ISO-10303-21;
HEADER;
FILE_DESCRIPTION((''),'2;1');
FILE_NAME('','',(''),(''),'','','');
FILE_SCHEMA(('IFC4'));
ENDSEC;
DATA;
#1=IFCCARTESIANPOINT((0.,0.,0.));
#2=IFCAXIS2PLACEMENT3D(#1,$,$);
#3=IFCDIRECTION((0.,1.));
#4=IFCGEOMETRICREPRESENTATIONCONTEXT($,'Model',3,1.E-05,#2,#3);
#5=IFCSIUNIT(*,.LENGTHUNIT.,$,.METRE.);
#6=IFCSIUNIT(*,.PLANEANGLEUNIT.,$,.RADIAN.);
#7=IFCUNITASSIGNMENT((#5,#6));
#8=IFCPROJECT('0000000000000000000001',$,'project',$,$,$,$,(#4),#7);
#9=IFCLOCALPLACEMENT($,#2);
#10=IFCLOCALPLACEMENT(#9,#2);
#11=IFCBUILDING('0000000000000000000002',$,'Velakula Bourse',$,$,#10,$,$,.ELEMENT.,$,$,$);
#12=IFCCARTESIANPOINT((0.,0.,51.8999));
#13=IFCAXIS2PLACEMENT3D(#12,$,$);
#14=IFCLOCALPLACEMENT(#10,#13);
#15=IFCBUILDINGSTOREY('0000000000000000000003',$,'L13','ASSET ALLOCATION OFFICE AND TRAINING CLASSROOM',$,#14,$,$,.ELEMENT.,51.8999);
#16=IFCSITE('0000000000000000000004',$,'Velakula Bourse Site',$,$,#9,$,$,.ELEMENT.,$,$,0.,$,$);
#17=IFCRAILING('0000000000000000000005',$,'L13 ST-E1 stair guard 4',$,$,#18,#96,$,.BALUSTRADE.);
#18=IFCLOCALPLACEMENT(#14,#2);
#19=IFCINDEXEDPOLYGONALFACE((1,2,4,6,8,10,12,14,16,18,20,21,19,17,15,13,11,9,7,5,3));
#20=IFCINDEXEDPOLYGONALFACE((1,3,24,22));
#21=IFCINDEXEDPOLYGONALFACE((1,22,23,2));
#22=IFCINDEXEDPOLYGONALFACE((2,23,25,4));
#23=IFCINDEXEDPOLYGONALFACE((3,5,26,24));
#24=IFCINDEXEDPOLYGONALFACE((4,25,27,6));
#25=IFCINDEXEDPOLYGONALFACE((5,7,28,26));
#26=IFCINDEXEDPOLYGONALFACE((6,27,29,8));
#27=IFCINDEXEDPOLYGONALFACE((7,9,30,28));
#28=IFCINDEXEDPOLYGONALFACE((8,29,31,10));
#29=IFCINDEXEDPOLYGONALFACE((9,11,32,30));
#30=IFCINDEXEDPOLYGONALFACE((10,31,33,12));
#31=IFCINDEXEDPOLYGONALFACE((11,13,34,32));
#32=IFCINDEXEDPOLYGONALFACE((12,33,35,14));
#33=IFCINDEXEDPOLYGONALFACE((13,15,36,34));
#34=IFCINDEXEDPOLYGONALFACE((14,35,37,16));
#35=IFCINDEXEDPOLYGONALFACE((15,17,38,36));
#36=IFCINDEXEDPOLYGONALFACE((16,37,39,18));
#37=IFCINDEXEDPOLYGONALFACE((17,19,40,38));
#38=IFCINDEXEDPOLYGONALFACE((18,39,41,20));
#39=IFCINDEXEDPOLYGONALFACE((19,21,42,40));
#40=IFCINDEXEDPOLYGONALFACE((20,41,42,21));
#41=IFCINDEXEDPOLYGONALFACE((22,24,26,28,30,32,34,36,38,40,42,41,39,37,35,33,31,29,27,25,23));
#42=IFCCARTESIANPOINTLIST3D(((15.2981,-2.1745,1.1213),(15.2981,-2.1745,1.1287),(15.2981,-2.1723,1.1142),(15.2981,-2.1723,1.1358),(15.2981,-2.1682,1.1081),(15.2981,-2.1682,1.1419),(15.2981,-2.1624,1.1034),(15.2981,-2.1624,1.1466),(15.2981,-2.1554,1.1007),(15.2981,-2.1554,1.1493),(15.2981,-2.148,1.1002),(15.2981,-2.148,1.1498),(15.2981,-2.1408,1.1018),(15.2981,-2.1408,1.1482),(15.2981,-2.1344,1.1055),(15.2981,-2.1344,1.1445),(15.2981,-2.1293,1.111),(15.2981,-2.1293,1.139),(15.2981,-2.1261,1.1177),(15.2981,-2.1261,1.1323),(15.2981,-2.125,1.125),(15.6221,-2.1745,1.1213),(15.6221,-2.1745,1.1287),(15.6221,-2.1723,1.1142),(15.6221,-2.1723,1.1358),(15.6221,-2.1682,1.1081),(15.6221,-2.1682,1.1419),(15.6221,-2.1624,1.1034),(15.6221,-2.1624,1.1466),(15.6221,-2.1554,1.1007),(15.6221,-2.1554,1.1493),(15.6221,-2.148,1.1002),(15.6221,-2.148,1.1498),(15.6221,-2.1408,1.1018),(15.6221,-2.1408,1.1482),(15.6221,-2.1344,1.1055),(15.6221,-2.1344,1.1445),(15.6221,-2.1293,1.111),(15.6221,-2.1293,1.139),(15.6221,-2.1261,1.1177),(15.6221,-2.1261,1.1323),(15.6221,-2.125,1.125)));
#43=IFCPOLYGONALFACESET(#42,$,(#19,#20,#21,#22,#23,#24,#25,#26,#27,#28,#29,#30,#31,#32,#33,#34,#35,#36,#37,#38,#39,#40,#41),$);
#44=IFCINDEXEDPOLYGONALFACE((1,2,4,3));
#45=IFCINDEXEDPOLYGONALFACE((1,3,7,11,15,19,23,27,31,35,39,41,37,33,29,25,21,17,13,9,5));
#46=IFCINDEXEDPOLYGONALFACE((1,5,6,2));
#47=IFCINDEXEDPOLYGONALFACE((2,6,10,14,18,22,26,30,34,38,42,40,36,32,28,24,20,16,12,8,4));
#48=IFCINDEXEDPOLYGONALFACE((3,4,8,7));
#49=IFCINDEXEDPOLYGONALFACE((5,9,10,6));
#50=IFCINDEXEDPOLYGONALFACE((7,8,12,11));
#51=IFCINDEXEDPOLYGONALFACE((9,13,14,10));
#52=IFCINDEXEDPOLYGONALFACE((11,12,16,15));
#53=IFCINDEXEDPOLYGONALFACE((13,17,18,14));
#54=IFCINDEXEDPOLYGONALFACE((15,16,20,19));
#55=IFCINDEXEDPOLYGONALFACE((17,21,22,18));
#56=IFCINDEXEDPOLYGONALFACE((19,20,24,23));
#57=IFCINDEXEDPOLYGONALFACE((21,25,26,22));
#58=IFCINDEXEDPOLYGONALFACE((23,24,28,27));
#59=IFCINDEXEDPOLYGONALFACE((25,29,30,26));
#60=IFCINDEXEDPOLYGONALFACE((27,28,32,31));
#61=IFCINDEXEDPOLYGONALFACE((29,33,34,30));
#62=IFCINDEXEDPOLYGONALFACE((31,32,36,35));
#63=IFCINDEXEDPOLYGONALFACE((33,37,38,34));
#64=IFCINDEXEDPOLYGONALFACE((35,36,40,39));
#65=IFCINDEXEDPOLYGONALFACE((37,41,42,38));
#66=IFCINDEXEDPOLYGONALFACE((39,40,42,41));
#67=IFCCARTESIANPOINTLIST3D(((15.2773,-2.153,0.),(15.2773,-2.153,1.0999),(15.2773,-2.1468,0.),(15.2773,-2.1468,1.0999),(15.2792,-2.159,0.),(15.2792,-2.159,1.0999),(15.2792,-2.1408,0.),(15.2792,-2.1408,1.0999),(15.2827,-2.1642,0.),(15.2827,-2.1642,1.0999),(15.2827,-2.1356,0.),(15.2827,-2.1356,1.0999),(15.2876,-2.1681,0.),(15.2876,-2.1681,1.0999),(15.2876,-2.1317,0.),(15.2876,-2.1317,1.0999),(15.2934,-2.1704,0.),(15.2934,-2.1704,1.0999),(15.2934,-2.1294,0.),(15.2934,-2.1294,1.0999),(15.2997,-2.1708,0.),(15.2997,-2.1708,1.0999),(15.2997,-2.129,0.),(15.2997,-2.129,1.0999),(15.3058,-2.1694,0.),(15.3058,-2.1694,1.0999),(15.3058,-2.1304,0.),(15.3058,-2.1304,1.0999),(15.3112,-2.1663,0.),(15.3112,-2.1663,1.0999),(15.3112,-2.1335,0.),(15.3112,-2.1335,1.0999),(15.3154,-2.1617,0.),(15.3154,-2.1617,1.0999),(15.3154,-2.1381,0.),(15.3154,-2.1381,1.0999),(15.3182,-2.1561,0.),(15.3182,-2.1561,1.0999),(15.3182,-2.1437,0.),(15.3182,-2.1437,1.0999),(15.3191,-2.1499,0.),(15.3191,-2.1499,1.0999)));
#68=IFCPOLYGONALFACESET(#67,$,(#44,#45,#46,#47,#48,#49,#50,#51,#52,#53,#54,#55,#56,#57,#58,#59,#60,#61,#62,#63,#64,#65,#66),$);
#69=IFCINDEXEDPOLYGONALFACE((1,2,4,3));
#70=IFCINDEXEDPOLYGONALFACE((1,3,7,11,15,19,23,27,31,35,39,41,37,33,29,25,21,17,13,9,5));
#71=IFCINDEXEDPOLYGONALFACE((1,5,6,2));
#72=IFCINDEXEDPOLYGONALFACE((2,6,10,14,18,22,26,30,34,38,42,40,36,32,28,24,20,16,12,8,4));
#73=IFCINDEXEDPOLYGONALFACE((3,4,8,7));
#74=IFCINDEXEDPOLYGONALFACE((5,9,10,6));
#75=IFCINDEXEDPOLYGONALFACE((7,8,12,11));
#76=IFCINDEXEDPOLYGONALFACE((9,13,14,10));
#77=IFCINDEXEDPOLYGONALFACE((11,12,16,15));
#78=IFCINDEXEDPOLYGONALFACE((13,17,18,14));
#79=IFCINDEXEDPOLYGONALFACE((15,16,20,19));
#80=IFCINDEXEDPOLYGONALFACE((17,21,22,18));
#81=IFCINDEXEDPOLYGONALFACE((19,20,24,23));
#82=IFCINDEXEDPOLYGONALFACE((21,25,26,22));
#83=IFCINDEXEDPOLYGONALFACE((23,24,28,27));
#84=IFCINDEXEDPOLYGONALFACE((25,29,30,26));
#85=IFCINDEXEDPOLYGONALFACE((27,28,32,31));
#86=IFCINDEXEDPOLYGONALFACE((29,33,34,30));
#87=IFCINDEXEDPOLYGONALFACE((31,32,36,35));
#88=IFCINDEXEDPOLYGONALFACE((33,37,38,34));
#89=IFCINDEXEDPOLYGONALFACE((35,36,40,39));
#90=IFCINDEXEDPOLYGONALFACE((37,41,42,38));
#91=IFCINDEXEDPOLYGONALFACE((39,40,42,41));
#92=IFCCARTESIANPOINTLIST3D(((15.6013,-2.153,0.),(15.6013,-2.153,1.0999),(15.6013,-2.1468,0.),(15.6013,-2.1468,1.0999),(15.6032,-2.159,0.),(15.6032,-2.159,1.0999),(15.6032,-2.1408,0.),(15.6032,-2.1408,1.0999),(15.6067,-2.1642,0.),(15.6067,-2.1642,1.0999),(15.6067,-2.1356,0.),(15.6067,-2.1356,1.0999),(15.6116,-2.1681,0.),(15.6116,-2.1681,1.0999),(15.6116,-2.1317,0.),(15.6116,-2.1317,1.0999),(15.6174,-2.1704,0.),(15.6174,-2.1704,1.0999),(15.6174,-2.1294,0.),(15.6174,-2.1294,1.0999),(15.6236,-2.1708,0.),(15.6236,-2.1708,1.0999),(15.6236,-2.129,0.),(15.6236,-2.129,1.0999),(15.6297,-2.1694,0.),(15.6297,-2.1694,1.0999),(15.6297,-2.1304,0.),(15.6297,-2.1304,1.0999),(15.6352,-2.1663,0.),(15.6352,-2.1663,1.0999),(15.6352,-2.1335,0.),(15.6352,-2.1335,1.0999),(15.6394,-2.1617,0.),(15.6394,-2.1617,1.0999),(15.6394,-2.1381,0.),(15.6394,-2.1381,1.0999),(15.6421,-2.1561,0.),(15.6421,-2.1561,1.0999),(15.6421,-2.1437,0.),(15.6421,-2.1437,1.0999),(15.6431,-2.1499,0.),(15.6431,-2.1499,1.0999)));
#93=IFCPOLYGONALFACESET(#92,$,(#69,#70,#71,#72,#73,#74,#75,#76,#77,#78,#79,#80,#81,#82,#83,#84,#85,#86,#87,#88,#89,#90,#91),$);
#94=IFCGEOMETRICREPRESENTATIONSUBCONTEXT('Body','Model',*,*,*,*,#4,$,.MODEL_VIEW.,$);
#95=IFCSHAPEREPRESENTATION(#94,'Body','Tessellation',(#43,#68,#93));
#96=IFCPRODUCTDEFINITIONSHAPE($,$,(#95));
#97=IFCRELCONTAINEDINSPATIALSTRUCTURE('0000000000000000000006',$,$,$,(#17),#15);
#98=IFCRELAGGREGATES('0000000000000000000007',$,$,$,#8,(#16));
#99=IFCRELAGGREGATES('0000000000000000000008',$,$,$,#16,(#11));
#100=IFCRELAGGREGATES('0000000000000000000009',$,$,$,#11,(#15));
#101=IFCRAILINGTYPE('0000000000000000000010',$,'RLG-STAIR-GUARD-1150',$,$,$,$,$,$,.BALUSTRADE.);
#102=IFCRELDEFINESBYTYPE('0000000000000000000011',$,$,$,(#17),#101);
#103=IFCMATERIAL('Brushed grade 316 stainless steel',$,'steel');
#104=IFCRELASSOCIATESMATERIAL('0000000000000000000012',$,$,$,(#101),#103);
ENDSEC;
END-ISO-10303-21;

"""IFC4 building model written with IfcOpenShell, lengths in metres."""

from ifc_helpers import new_model, si_unit, direction, frame, origin, origin_2d, place, context, subcontext, project, spatial, circle, extrude, material, type_object, element, save


model = new_model("IFC4")

# Units and contexts
model_context = context("Model", 3, precision=1e-05, world=origin(), true_north=direction((0.0, 1.0)))
body_context = subcontext(model_context, "Body", "Model", "MODEL_VIEW")
ifc_project = project(units=[si_unit("LENGTHUNIT", "METRE"), si_unit("PLANEANGLEUNIT", "RADIAN")], contexts=[model_context])

# Site, building, storey
site_placement = place(None, origin())
site = spatial("IfcSite", under=ifc_project, at=site_placement, Name="Velakula Bourse Site", CompositionType="ELEMENT", RefElevation=0.0)
building_placement = place(site_placement, origin())
building = spatial("IfcBuilding", under=site, at=building_placement, Name="Velakula Bourse", CompositionType="ELEMENT")
storey_placement = place(building_placement, frame((0.0, 0.0, 51.8999)))
storey = spatial("IfcBuildingStorey", under=building, at=storey_placement, Name="L13", Description="ASSET ALLOCATION OFFICE AND TRAINING CLASSROOM", CompositionType="ELEMENT", Elevation=51.8999)

# Shared definitions
ifc_material_1 = material(Name="Brushed grade 316 stainless steel", Category="steel")

# Railing
railing_type_1 = type_object("IfcRailingType", Name="RLG-STAIR-GUARD-1150", PredefinedType="BALUSTRADE", material=ifc_material_1)
railing_1_placement = place(storey_placement, frame((15.2981, -2.1499, 0.0)))
element("IfcRailing", 1, at=railing_1_placement, inside=storey, type_object=railing_type_1, Name="L13 ST-E1 stair guard 4", PredefinedType="BALUSTRADE", context=body_context, shape_type="SweptSolid", body=[
    extrude(circle(Radius=0.0249, at=origin_2d()), frame((0.0, 0.0, 1.125), z_axis=(1.0, 0.0, 0.0), x_axis=(0.0, 1.0, 0.0)), (0.0, 0.0, 1.0), 0.324),
    extrude(circle(Radius=0.021, at=origin_2d()), origin(), (0.0, 0.0, 1.0), 1.0999),
    extrude(circle(Radius=0.021, at=origin_2d()), frame((0.324, 0.0, 0.0)), (0.0, 0.0, 1.0), 1.0999),
])

save(model, "model.ifc")
